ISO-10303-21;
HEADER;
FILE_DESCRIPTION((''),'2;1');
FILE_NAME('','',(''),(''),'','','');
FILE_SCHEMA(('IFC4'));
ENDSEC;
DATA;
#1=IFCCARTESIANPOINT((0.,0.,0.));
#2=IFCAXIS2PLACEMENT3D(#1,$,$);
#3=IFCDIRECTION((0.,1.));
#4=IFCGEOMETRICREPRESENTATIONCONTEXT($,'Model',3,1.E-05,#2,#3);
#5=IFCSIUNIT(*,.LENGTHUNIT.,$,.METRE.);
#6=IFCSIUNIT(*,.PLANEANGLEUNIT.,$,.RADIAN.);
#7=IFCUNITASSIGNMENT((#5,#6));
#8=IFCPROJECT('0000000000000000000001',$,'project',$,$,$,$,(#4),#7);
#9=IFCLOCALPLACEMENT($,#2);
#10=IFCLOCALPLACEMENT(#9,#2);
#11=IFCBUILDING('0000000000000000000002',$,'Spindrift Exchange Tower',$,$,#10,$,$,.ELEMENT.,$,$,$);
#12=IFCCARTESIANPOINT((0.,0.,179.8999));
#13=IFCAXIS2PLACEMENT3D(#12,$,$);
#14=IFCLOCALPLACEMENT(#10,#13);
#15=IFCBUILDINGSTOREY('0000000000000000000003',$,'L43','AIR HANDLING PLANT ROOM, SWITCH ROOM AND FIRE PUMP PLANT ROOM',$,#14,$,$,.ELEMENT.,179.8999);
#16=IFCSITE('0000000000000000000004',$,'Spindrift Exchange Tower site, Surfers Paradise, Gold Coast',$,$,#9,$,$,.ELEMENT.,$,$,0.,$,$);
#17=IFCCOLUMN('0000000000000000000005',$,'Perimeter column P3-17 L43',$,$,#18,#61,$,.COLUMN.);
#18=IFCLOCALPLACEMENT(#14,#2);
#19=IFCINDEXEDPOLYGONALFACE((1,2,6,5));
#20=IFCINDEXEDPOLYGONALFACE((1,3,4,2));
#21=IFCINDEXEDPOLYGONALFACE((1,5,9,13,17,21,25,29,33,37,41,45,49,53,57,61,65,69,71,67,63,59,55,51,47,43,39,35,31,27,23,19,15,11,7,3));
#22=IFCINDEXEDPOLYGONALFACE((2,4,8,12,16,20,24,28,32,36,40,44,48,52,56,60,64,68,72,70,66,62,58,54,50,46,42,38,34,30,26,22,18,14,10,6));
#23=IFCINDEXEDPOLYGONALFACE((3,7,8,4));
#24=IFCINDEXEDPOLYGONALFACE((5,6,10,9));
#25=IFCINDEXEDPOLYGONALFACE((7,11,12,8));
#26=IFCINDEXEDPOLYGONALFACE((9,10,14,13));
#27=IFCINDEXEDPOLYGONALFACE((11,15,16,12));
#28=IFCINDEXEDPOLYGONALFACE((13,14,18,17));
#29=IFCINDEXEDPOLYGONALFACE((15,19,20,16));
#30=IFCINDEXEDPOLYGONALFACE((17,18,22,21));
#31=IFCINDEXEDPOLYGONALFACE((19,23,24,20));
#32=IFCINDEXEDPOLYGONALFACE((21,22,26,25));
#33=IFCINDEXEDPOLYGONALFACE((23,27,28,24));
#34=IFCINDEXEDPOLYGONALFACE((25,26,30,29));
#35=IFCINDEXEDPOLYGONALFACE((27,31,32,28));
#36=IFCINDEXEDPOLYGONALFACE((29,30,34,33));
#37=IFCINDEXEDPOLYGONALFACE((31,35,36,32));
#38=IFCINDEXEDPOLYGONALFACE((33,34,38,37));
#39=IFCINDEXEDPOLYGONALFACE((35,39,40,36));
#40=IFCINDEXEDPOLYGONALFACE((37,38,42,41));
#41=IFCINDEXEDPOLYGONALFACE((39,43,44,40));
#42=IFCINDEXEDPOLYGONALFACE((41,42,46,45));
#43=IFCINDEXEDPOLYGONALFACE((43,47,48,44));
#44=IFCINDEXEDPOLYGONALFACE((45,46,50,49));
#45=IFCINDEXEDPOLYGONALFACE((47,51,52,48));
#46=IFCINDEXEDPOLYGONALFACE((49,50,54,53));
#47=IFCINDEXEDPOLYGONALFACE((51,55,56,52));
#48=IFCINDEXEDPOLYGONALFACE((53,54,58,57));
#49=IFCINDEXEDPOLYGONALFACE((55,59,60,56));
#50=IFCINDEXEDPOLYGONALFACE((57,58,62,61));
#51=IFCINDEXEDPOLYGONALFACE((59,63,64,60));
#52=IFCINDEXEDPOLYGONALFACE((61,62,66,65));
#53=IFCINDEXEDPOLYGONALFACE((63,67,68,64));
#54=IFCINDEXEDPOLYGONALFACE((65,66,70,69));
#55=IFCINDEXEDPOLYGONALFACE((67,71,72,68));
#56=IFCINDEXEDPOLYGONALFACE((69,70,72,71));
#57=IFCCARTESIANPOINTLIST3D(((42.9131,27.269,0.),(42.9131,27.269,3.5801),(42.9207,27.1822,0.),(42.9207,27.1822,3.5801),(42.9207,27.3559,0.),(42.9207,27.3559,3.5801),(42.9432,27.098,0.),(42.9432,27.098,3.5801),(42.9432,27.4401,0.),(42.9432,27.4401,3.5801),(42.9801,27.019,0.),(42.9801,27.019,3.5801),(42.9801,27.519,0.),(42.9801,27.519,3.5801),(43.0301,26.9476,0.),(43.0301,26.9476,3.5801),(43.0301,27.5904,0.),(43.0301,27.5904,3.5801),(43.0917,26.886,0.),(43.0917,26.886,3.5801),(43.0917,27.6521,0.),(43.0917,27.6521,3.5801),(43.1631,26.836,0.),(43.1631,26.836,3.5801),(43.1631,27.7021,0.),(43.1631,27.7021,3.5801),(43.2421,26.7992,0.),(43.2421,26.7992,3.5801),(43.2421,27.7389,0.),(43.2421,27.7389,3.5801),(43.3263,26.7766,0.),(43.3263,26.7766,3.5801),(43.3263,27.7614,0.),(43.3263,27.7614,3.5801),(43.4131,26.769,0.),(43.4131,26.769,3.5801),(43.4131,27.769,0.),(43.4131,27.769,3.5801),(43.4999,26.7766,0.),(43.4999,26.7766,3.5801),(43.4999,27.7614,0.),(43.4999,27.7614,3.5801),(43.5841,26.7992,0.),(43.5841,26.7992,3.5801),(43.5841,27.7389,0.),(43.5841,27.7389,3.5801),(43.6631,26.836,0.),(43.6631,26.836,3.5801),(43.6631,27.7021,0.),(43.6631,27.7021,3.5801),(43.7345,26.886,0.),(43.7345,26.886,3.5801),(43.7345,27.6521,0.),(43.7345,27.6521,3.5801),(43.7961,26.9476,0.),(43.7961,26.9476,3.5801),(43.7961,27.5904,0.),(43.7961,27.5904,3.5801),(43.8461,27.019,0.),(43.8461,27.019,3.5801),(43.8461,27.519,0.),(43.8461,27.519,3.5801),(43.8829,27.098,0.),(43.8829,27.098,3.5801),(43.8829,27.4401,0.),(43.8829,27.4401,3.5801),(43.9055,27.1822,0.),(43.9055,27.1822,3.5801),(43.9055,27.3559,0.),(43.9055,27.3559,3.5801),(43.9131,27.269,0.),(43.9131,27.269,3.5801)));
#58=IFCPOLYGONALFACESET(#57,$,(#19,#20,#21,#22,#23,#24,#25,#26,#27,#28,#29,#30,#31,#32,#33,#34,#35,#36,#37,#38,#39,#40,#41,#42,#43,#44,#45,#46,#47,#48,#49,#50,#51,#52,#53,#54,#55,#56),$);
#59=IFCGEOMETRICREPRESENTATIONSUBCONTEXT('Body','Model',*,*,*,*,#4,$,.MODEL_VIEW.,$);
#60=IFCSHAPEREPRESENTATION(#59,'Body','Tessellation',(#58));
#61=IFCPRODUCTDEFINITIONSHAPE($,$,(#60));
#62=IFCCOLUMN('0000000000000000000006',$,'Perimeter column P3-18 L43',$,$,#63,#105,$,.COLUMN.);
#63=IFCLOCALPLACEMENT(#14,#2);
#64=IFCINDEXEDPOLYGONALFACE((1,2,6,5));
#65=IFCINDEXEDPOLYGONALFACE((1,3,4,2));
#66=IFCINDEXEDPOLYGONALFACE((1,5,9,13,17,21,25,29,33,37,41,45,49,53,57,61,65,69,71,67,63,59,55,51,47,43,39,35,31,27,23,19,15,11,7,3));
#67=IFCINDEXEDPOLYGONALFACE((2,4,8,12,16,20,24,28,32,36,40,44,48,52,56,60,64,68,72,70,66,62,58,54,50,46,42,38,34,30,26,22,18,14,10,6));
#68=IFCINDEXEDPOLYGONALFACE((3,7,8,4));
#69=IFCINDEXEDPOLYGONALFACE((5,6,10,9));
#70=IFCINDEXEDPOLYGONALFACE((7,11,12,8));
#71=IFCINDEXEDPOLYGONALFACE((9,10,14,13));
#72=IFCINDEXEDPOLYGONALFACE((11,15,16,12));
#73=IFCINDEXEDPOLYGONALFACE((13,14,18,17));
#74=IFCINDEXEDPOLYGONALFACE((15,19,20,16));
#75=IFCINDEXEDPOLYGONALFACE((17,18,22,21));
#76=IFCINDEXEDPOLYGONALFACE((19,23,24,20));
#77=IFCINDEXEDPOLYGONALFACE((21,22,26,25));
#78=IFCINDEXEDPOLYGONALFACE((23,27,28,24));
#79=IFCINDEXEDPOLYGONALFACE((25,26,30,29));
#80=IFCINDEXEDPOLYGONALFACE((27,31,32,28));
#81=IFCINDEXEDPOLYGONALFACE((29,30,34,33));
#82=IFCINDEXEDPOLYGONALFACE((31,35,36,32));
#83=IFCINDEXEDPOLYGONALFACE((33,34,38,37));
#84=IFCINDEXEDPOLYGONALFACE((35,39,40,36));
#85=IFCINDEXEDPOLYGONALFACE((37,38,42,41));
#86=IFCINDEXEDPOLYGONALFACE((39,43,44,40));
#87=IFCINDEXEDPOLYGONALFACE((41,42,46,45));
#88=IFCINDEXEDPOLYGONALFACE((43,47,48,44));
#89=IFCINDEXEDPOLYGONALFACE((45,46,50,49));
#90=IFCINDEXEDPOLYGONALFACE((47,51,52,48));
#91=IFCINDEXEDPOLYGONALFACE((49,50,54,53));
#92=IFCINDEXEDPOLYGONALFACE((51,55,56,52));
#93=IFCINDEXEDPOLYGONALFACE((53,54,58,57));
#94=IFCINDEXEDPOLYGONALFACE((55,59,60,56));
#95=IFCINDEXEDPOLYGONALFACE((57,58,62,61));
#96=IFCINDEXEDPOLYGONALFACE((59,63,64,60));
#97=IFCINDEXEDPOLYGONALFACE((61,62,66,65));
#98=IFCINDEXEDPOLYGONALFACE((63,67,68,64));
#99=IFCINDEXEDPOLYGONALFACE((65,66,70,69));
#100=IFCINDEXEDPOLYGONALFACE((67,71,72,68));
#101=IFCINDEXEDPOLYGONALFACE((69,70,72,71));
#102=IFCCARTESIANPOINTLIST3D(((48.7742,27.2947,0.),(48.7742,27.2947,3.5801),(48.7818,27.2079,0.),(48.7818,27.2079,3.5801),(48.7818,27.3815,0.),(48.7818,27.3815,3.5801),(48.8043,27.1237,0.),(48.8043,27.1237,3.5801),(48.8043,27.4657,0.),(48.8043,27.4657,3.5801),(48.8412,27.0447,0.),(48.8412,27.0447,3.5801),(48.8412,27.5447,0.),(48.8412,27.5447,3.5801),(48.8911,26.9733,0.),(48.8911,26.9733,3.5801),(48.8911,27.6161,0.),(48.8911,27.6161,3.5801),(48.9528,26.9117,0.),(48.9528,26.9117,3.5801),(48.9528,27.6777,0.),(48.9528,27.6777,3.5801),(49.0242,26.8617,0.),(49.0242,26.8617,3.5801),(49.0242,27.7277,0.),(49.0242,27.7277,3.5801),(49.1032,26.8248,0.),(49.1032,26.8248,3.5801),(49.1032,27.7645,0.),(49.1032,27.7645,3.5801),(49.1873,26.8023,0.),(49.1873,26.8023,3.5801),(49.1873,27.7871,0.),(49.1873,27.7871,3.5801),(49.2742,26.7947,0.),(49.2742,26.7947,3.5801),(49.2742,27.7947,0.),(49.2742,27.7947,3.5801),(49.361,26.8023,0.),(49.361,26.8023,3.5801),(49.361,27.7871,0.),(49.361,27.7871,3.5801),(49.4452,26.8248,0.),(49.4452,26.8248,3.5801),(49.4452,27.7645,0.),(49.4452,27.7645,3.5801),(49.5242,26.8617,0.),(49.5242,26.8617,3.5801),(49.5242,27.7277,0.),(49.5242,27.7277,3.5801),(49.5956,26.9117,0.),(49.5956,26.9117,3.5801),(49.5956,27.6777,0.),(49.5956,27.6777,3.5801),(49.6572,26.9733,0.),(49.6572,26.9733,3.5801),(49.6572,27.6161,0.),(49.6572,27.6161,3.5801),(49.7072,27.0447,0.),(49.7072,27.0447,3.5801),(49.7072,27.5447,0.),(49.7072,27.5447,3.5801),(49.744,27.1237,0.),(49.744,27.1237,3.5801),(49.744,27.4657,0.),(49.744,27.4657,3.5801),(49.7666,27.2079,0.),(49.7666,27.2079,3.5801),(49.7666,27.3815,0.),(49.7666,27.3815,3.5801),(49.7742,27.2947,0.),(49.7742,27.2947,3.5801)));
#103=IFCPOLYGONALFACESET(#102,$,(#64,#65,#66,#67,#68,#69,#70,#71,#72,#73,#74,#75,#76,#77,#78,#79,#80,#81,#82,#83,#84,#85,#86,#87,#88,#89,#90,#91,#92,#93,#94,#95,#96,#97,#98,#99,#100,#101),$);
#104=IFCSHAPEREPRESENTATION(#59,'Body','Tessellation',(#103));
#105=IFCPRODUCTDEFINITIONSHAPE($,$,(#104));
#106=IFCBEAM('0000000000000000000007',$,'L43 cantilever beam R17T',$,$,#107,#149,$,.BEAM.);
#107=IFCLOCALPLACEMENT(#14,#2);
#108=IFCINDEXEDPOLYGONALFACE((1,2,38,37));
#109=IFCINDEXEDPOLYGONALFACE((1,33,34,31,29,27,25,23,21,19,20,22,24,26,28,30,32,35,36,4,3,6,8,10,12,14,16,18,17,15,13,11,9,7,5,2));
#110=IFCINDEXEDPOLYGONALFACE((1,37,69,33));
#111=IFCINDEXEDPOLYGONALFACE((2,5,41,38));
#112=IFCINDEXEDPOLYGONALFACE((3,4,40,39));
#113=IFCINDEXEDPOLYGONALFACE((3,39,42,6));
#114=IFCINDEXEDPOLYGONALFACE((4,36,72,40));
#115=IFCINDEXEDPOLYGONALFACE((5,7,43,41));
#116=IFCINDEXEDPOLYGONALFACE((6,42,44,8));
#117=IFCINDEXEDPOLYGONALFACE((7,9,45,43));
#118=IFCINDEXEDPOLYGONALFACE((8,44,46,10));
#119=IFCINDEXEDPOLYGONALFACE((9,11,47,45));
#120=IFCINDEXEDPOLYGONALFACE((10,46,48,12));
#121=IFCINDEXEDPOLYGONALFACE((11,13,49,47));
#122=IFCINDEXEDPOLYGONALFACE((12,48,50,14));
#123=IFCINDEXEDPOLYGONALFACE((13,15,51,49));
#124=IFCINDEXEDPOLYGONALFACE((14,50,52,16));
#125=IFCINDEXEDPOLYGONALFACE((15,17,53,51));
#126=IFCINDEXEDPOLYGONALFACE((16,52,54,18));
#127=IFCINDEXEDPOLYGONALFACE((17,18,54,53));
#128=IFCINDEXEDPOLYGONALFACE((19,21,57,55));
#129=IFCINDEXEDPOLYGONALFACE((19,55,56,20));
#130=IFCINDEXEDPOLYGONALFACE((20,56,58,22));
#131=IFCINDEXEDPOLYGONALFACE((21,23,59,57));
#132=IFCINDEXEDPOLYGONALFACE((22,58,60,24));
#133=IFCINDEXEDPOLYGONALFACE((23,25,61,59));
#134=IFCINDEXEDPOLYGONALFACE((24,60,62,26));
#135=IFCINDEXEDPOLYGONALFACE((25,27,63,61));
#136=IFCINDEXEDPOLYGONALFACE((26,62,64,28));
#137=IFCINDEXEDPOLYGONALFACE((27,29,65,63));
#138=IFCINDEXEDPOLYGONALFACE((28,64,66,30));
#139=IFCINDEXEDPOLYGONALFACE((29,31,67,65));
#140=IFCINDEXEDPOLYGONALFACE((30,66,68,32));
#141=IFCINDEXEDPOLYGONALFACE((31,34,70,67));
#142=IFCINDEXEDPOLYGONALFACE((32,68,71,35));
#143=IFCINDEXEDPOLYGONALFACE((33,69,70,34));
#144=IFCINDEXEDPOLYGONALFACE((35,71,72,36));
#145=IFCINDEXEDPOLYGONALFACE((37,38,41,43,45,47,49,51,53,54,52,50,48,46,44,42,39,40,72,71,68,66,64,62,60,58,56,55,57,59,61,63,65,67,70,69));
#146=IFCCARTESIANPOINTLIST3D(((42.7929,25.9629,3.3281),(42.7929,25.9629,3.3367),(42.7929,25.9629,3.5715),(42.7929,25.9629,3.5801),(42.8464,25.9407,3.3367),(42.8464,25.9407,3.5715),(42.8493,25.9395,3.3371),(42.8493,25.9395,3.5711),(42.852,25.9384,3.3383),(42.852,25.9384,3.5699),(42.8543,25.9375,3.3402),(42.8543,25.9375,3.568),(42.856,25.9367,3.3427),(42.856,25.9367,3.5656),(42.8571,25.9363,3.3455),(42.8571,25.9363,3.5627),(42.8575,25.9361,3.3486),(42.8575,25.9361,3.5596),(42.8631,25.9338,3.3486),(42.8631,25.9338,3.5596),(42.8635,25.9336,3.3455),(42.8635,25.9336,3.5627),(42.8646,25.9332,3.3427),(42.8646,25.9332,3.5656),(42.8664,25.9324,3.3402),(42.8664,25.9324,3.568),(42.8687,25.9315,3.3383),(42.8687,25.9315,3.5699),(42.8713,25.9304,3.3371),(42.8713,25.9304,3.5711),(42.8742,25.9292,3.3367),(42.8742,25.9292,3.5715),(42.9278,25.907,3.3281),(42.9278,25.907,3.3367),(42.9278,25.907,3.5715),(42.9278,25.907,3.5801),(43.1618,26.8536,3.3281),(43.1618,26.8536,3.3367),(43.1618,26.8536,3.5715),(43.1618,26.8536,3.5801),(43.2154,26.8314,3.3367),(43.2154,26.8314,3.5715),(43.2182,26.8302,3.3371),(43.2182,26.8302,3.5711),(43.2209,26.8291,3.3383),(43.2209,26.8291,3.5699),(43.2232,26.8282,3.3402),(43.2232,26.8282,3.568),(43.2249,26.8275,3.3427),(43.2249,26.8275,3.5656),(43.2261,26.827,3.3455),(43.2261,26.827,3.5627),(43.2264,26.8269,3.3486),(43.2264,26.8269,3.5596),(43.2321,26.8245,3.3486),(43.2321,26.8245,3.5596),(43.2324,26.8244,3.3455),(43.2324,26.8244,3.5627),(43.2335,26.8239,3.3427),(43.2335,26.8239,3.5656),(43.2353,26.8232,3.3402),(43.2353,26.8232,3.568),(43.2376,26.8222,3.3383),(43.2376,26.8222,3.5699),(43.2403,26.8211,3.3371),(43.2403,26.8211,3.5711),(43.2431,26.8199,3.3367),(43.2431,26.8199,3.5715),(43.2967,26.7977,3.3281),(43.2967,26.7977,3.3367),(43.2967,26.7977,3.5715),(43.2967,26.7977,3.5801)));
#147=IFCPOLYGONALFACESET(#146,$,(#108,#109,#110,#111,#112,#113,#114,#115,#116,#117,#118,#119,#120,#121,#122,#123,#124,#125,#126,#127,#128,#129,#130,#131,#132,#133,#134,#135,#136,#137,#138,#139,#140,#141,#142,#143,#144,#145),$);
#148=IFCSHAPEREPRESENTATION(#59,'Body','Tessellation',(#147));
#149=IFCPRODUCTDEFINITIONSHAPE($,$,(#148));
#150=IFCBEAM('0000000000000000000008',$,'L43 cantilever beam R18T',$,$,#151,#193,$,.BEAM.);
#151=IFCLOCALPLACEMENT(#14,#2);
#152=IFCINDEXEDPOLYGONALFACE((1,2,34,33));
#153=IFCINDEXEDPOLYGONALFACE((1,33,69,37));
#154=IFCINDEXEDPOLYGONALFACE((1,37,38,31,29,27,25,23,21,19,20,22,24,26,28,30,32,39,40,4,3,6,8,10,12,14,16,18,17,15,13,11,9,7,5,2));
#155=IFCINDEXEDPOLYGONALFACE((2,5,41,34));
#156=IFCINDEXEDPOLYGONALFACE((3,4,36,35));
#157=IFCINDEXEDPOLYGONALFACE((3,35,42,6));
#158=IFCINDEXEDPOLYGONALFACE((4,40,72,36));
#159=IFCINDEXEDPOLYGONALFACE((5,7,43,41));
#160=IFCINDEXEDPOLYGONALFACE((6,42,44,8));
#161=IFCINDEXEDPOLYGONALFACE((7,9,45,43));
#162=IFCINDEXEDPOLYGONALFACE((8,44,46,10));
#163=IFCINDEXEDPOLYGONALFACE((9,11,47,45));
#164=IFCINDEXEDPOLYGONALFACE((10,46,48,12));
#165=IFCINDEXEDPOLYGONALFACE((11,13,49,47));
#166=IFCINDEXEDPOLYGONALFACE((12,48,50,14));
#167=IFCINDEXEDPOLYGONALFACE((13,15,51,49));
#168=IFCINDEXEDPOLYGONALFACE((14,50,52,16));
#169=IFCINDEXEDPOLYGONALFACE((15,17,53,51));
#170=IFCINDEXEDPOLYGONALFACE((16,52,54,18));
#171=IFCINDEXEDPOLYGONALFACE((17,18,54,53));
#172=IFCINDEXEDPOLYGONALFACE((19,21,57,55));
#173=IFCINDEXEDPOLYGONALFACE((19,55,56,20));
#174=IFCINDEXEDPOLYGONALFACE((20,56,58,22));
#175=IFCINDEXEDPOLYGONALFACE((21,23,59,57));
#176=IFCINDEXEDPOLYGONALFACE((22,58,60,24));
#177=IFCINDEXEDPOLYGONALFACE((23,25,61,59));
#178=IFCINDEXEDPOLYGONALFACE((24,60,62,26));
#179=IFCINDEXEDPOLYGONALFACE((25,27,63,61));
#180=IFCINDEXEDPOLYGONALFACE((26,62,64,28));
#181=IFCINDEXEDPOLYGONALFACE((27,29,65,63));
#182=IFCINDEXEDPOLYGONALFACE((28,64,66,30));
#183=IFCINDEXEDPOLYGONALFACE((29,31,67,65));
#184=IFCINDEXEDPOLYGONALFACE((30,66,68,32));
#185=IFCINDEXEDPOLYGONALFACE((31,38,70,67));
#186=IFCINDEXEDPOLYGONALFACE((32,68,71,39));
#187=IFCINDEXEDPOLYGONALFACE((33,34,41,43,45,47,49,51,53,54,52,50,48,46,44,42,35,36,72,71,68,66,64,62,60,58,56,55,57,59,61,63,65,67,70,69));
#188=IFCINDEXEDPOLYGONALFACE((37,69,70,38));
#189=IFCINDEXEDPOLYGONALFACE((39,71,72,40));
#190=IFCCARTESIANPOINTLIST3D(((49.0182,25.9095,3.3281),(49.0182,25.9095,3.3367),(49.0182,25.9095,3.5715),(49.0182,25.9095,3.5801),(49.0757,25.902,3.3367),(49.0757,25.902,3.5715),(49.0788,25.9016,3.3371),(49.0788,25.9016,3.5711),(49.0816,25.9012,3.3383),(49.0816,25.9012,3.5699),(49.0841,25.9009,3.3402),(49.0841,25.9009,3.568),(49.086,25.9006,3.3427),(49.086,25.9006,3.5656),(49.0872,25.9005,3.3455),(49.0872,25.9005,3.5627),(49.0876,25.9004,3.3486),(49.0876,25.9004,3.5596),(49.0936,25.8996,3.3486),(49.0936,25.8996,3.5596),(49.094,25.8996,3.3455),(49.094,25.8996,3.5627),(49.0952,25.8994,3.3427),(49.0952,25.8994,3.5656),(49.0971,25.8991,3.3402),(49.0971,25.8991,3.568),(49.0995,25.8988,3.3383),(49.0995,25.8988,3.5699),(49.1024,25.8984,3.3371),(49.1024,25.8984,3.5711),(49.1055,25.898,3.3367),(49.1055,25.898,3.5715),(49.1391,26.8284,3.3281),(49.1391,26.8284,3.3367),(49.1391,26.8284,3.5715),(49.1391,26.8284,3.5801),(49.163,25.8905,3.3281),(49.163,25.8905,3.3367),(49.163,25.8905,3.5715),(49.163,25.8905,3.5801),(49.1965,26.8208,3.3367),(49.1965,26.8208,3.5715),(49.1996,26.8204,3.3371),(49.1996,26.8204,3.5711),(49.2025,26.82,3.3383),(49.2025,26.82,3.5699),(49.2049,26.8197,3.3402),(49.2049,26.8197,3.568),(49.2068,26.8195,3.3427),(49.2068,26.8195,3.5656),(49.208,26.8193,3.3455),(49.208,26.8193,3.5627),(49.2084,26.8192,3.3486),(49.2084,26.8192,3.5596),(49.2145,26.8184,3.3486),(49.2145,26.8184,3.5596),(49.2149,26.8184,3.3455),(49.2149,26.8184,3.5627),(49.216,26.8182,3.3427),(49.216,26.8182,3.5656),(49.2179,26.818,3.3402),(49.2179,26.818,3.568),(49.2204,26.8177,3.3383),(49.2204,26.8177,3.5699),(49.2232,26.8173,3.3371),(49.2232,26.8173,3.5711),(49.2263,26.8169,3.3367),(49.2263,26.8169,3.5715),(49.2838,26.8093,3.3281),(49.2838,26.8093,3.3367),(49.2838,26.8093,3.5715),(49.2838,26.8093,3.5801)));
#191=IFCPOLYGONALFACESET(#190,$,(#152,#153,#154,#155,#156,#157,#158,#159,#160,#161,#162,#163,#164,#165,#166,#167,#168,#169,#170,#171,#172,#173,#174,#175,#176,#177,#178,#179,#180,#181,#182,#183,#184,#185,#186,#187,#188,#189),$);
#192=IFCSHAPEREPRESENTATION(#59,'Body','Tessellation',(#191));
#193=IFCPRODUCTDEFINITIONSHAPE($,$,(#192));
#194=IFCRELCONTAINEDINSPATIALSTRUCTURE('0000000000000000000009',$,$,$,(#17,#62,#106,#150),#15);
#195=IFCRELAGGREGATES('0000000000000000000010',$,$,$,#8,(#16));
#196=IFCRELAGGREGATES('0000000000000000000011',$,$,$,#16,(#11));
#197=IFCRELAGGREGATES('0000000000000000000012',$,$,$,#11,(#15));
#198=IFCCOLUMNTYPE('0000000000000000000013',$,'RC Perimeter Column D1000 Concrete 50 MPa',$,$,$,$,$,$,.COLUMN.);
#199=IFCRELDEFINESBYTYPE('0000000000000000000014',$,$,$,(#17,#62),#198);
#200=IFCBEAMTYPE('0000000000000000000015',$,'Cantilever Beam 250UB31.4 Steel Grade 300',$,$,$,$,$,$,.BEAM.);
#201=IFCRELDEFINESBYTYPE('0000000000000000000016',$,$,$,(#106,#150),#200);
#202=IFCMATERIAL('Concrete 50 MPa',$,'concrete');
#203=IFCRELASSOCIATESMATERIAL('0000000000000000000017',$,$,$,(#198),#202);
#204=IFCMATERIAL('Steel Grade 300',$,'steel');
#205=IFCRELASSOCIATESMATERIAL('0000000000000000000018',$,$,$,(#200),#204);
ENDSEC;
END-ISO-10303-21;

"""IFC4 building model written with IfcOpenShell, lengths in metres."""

from ifc_helpers import new_model, si_unit, direction, frame, origin, origin_2d, place, context, subcontext, project, spatial, circle, i_section, extrude, source, transform, mapped, material, material_profile, profile_set, type_object, element, save


model = new_model("IFC4")

# Units and contexts
model_context = context("Model", 3, precision=1e-05, world=origin(), true_north=direction((0.0, 1.0)))
body_context = subcontext(model_context, "Body", "Model", "MODEL_VIEW")
ifc_project = project(units=[si_unit("LENGTHUNIT", "METRE"), si_unit("PLANEANGLEUNIT", "RADIAN")], contexts=[model_context])

# Site, building, storey
site_placement = place(None, origin())
site = spatial("IfcSite", under=ifc_project, at=site_placement, Name="Spindrift Exchange Tower site, Surfers Paradise, Gold Coast", CompositionType="ELEMENT", RefElevation=0.0)
building_placement = place(site_placement, origin())
building = spatial("IfcBuilding", under=site, at=building_placement, Name="Spindrift Exchange Tower", CompositionType="ELEMENT")
storey_placement = place(building_placement, frame((0.0, 0.0, 179.8999)))
storey = spatial("IfcBuildingStorey", under=building, at=storey_placement, Name="L43", Description="AIR HANDLING PLANT ROOM, SWITCH ROOM AND FIRE PUMP PLANT ROOM", CompositionType="ELEMENT", Elevation=179.8999)

# Columns
ifc_material_1 = material(Name="Concrete 50 MPa", Category="concrete")
ifc_material_profile_1 = material_profile(ifc_material_1, circle(Radius=0.5, at=origin_2d()), Name="RC D1000")
ifc_profile_set_1 = profile_set([ifc_material_profile_1], Name="Concrete 50 MPa")
column_type = type_object("IfcColumnType", Name="RC Perimeter Column D1000 Concrete 50 MPa", PredefinedType="COLUMN", material=ifc_profile_set_1)
shared_shape_1 = source(origin(), body_context, "Body", "SweptSolid", [
    extrude(circle(Radius=0.5, at=origin_2d()), origin(), (0.0, 0.0, 1.0), 3.5801),
])
for number, where, z_axis, x_axis, name in (
    (1, (43.4131, 27.269, 0.0), (0.0, 0.0, 1.0), (1.0, 0.0, 0.0), "Perimeter column P3-17 L43"),
    (2, (49.2742, 27.2947, 0.0), (0.0, 0.0, 1.0), (1.0, 0.0, 0.0), "Perimeter column P3-18 L43"),
):
    element("IfcColumn", number, at=place(storey_placement, frame(where, z_axis=z_axis, x_axis=x_axis)), inside=storey, type_object=column_type, Name=name, PredefinedType="COLUMN", context=body_context, shape_type="MappedRepresentation", body=[
        mapped(shared_shape_1, transform((0.0, 0.0, 0.0), scale=1.0)),
    ])

# Beams
ifc_material_2 = material(Name="Steel Grade 300", Category="steel")
ifc_material_profile_2 = material_profile(ifc_material_2, i_section(OverallWidth=0.146, OverallDepth=0.252, WebThickness=0.0061, FlangeThickness=0.0085, FilletRadius=0.012, at=origin_2d()), Name="250UB31.4")
ifc_profile_set_2 = profile_set([ifc_material_profile_2], Name="Steel Grade 300")
beam_type_1 = type_object("IfcBeamType", Name="Cantilever Beam 250UB31.4 Steel Grade 300", PredefinedType="BEAM", material=ifc_profile_set_2)
shared_shape_2 = source(origin(), body_context, "Body", "SweptSolid", [
    extrude(i_section(OverallWidth=0.146, OverallDepth=0.252, WebThickness=0.0061, FlangeThickness=0.0085, FilletRadius=0.012, at=origin_2d()), origin(), (0.0, 0.0, 1.0), 0.9641),
])
beam_1_placement = place(storey_placement, frame((43.2292, 26.8257, 3.4541), z_axis=(-0.382672, -0.923884, 0.0), x_axis=(0.923884, -0.382672, 0.0)))
element("IfcBeam", 3, at=beam_1_placement, inside=storey, type_object=beam_type_1, Name="L43 cantilever beam R17T", PredefinedType="BEAM", context=body_context, shape_type="MappedRepresentation", body=[
    mapped(shared_shape_2, transform((0.0, 0.0, 0.0), scale=1.0)),
])
shared_shape_3 = source(origin(), body_context, "Body", "SweptSolid", [
    extrude(i_section(OverallWidth=0.146, OverallDepth=0.252, WebThickness=0.0061, FlangeThickness=0.0085, FilletRadius=0.012, at=origin_2d()), origin(), (0.0, 0.0, 1.0), 0.9268),
])
beam_2_placement = place(storey_placement, frame((49.2114, 26.8188, 3.4541), z_axis=(-0.130386, -0.991463, 0.0), x_axis=(0.991463, -0.130386, 0.0)))
element("IfcBeam", 4, at=beam_2_placement, inside=storey, type_object=beam_type_1, Name="L43 cantilever beam R18T", PredefinedType="BEAM", context=body_context, shape_type="MappedRepresentation", body=[
    mapped(shared_shape_3, transform((0.0, 0.0, 0.0), scale=1.0)),
])

save(model, "model.ifc")
